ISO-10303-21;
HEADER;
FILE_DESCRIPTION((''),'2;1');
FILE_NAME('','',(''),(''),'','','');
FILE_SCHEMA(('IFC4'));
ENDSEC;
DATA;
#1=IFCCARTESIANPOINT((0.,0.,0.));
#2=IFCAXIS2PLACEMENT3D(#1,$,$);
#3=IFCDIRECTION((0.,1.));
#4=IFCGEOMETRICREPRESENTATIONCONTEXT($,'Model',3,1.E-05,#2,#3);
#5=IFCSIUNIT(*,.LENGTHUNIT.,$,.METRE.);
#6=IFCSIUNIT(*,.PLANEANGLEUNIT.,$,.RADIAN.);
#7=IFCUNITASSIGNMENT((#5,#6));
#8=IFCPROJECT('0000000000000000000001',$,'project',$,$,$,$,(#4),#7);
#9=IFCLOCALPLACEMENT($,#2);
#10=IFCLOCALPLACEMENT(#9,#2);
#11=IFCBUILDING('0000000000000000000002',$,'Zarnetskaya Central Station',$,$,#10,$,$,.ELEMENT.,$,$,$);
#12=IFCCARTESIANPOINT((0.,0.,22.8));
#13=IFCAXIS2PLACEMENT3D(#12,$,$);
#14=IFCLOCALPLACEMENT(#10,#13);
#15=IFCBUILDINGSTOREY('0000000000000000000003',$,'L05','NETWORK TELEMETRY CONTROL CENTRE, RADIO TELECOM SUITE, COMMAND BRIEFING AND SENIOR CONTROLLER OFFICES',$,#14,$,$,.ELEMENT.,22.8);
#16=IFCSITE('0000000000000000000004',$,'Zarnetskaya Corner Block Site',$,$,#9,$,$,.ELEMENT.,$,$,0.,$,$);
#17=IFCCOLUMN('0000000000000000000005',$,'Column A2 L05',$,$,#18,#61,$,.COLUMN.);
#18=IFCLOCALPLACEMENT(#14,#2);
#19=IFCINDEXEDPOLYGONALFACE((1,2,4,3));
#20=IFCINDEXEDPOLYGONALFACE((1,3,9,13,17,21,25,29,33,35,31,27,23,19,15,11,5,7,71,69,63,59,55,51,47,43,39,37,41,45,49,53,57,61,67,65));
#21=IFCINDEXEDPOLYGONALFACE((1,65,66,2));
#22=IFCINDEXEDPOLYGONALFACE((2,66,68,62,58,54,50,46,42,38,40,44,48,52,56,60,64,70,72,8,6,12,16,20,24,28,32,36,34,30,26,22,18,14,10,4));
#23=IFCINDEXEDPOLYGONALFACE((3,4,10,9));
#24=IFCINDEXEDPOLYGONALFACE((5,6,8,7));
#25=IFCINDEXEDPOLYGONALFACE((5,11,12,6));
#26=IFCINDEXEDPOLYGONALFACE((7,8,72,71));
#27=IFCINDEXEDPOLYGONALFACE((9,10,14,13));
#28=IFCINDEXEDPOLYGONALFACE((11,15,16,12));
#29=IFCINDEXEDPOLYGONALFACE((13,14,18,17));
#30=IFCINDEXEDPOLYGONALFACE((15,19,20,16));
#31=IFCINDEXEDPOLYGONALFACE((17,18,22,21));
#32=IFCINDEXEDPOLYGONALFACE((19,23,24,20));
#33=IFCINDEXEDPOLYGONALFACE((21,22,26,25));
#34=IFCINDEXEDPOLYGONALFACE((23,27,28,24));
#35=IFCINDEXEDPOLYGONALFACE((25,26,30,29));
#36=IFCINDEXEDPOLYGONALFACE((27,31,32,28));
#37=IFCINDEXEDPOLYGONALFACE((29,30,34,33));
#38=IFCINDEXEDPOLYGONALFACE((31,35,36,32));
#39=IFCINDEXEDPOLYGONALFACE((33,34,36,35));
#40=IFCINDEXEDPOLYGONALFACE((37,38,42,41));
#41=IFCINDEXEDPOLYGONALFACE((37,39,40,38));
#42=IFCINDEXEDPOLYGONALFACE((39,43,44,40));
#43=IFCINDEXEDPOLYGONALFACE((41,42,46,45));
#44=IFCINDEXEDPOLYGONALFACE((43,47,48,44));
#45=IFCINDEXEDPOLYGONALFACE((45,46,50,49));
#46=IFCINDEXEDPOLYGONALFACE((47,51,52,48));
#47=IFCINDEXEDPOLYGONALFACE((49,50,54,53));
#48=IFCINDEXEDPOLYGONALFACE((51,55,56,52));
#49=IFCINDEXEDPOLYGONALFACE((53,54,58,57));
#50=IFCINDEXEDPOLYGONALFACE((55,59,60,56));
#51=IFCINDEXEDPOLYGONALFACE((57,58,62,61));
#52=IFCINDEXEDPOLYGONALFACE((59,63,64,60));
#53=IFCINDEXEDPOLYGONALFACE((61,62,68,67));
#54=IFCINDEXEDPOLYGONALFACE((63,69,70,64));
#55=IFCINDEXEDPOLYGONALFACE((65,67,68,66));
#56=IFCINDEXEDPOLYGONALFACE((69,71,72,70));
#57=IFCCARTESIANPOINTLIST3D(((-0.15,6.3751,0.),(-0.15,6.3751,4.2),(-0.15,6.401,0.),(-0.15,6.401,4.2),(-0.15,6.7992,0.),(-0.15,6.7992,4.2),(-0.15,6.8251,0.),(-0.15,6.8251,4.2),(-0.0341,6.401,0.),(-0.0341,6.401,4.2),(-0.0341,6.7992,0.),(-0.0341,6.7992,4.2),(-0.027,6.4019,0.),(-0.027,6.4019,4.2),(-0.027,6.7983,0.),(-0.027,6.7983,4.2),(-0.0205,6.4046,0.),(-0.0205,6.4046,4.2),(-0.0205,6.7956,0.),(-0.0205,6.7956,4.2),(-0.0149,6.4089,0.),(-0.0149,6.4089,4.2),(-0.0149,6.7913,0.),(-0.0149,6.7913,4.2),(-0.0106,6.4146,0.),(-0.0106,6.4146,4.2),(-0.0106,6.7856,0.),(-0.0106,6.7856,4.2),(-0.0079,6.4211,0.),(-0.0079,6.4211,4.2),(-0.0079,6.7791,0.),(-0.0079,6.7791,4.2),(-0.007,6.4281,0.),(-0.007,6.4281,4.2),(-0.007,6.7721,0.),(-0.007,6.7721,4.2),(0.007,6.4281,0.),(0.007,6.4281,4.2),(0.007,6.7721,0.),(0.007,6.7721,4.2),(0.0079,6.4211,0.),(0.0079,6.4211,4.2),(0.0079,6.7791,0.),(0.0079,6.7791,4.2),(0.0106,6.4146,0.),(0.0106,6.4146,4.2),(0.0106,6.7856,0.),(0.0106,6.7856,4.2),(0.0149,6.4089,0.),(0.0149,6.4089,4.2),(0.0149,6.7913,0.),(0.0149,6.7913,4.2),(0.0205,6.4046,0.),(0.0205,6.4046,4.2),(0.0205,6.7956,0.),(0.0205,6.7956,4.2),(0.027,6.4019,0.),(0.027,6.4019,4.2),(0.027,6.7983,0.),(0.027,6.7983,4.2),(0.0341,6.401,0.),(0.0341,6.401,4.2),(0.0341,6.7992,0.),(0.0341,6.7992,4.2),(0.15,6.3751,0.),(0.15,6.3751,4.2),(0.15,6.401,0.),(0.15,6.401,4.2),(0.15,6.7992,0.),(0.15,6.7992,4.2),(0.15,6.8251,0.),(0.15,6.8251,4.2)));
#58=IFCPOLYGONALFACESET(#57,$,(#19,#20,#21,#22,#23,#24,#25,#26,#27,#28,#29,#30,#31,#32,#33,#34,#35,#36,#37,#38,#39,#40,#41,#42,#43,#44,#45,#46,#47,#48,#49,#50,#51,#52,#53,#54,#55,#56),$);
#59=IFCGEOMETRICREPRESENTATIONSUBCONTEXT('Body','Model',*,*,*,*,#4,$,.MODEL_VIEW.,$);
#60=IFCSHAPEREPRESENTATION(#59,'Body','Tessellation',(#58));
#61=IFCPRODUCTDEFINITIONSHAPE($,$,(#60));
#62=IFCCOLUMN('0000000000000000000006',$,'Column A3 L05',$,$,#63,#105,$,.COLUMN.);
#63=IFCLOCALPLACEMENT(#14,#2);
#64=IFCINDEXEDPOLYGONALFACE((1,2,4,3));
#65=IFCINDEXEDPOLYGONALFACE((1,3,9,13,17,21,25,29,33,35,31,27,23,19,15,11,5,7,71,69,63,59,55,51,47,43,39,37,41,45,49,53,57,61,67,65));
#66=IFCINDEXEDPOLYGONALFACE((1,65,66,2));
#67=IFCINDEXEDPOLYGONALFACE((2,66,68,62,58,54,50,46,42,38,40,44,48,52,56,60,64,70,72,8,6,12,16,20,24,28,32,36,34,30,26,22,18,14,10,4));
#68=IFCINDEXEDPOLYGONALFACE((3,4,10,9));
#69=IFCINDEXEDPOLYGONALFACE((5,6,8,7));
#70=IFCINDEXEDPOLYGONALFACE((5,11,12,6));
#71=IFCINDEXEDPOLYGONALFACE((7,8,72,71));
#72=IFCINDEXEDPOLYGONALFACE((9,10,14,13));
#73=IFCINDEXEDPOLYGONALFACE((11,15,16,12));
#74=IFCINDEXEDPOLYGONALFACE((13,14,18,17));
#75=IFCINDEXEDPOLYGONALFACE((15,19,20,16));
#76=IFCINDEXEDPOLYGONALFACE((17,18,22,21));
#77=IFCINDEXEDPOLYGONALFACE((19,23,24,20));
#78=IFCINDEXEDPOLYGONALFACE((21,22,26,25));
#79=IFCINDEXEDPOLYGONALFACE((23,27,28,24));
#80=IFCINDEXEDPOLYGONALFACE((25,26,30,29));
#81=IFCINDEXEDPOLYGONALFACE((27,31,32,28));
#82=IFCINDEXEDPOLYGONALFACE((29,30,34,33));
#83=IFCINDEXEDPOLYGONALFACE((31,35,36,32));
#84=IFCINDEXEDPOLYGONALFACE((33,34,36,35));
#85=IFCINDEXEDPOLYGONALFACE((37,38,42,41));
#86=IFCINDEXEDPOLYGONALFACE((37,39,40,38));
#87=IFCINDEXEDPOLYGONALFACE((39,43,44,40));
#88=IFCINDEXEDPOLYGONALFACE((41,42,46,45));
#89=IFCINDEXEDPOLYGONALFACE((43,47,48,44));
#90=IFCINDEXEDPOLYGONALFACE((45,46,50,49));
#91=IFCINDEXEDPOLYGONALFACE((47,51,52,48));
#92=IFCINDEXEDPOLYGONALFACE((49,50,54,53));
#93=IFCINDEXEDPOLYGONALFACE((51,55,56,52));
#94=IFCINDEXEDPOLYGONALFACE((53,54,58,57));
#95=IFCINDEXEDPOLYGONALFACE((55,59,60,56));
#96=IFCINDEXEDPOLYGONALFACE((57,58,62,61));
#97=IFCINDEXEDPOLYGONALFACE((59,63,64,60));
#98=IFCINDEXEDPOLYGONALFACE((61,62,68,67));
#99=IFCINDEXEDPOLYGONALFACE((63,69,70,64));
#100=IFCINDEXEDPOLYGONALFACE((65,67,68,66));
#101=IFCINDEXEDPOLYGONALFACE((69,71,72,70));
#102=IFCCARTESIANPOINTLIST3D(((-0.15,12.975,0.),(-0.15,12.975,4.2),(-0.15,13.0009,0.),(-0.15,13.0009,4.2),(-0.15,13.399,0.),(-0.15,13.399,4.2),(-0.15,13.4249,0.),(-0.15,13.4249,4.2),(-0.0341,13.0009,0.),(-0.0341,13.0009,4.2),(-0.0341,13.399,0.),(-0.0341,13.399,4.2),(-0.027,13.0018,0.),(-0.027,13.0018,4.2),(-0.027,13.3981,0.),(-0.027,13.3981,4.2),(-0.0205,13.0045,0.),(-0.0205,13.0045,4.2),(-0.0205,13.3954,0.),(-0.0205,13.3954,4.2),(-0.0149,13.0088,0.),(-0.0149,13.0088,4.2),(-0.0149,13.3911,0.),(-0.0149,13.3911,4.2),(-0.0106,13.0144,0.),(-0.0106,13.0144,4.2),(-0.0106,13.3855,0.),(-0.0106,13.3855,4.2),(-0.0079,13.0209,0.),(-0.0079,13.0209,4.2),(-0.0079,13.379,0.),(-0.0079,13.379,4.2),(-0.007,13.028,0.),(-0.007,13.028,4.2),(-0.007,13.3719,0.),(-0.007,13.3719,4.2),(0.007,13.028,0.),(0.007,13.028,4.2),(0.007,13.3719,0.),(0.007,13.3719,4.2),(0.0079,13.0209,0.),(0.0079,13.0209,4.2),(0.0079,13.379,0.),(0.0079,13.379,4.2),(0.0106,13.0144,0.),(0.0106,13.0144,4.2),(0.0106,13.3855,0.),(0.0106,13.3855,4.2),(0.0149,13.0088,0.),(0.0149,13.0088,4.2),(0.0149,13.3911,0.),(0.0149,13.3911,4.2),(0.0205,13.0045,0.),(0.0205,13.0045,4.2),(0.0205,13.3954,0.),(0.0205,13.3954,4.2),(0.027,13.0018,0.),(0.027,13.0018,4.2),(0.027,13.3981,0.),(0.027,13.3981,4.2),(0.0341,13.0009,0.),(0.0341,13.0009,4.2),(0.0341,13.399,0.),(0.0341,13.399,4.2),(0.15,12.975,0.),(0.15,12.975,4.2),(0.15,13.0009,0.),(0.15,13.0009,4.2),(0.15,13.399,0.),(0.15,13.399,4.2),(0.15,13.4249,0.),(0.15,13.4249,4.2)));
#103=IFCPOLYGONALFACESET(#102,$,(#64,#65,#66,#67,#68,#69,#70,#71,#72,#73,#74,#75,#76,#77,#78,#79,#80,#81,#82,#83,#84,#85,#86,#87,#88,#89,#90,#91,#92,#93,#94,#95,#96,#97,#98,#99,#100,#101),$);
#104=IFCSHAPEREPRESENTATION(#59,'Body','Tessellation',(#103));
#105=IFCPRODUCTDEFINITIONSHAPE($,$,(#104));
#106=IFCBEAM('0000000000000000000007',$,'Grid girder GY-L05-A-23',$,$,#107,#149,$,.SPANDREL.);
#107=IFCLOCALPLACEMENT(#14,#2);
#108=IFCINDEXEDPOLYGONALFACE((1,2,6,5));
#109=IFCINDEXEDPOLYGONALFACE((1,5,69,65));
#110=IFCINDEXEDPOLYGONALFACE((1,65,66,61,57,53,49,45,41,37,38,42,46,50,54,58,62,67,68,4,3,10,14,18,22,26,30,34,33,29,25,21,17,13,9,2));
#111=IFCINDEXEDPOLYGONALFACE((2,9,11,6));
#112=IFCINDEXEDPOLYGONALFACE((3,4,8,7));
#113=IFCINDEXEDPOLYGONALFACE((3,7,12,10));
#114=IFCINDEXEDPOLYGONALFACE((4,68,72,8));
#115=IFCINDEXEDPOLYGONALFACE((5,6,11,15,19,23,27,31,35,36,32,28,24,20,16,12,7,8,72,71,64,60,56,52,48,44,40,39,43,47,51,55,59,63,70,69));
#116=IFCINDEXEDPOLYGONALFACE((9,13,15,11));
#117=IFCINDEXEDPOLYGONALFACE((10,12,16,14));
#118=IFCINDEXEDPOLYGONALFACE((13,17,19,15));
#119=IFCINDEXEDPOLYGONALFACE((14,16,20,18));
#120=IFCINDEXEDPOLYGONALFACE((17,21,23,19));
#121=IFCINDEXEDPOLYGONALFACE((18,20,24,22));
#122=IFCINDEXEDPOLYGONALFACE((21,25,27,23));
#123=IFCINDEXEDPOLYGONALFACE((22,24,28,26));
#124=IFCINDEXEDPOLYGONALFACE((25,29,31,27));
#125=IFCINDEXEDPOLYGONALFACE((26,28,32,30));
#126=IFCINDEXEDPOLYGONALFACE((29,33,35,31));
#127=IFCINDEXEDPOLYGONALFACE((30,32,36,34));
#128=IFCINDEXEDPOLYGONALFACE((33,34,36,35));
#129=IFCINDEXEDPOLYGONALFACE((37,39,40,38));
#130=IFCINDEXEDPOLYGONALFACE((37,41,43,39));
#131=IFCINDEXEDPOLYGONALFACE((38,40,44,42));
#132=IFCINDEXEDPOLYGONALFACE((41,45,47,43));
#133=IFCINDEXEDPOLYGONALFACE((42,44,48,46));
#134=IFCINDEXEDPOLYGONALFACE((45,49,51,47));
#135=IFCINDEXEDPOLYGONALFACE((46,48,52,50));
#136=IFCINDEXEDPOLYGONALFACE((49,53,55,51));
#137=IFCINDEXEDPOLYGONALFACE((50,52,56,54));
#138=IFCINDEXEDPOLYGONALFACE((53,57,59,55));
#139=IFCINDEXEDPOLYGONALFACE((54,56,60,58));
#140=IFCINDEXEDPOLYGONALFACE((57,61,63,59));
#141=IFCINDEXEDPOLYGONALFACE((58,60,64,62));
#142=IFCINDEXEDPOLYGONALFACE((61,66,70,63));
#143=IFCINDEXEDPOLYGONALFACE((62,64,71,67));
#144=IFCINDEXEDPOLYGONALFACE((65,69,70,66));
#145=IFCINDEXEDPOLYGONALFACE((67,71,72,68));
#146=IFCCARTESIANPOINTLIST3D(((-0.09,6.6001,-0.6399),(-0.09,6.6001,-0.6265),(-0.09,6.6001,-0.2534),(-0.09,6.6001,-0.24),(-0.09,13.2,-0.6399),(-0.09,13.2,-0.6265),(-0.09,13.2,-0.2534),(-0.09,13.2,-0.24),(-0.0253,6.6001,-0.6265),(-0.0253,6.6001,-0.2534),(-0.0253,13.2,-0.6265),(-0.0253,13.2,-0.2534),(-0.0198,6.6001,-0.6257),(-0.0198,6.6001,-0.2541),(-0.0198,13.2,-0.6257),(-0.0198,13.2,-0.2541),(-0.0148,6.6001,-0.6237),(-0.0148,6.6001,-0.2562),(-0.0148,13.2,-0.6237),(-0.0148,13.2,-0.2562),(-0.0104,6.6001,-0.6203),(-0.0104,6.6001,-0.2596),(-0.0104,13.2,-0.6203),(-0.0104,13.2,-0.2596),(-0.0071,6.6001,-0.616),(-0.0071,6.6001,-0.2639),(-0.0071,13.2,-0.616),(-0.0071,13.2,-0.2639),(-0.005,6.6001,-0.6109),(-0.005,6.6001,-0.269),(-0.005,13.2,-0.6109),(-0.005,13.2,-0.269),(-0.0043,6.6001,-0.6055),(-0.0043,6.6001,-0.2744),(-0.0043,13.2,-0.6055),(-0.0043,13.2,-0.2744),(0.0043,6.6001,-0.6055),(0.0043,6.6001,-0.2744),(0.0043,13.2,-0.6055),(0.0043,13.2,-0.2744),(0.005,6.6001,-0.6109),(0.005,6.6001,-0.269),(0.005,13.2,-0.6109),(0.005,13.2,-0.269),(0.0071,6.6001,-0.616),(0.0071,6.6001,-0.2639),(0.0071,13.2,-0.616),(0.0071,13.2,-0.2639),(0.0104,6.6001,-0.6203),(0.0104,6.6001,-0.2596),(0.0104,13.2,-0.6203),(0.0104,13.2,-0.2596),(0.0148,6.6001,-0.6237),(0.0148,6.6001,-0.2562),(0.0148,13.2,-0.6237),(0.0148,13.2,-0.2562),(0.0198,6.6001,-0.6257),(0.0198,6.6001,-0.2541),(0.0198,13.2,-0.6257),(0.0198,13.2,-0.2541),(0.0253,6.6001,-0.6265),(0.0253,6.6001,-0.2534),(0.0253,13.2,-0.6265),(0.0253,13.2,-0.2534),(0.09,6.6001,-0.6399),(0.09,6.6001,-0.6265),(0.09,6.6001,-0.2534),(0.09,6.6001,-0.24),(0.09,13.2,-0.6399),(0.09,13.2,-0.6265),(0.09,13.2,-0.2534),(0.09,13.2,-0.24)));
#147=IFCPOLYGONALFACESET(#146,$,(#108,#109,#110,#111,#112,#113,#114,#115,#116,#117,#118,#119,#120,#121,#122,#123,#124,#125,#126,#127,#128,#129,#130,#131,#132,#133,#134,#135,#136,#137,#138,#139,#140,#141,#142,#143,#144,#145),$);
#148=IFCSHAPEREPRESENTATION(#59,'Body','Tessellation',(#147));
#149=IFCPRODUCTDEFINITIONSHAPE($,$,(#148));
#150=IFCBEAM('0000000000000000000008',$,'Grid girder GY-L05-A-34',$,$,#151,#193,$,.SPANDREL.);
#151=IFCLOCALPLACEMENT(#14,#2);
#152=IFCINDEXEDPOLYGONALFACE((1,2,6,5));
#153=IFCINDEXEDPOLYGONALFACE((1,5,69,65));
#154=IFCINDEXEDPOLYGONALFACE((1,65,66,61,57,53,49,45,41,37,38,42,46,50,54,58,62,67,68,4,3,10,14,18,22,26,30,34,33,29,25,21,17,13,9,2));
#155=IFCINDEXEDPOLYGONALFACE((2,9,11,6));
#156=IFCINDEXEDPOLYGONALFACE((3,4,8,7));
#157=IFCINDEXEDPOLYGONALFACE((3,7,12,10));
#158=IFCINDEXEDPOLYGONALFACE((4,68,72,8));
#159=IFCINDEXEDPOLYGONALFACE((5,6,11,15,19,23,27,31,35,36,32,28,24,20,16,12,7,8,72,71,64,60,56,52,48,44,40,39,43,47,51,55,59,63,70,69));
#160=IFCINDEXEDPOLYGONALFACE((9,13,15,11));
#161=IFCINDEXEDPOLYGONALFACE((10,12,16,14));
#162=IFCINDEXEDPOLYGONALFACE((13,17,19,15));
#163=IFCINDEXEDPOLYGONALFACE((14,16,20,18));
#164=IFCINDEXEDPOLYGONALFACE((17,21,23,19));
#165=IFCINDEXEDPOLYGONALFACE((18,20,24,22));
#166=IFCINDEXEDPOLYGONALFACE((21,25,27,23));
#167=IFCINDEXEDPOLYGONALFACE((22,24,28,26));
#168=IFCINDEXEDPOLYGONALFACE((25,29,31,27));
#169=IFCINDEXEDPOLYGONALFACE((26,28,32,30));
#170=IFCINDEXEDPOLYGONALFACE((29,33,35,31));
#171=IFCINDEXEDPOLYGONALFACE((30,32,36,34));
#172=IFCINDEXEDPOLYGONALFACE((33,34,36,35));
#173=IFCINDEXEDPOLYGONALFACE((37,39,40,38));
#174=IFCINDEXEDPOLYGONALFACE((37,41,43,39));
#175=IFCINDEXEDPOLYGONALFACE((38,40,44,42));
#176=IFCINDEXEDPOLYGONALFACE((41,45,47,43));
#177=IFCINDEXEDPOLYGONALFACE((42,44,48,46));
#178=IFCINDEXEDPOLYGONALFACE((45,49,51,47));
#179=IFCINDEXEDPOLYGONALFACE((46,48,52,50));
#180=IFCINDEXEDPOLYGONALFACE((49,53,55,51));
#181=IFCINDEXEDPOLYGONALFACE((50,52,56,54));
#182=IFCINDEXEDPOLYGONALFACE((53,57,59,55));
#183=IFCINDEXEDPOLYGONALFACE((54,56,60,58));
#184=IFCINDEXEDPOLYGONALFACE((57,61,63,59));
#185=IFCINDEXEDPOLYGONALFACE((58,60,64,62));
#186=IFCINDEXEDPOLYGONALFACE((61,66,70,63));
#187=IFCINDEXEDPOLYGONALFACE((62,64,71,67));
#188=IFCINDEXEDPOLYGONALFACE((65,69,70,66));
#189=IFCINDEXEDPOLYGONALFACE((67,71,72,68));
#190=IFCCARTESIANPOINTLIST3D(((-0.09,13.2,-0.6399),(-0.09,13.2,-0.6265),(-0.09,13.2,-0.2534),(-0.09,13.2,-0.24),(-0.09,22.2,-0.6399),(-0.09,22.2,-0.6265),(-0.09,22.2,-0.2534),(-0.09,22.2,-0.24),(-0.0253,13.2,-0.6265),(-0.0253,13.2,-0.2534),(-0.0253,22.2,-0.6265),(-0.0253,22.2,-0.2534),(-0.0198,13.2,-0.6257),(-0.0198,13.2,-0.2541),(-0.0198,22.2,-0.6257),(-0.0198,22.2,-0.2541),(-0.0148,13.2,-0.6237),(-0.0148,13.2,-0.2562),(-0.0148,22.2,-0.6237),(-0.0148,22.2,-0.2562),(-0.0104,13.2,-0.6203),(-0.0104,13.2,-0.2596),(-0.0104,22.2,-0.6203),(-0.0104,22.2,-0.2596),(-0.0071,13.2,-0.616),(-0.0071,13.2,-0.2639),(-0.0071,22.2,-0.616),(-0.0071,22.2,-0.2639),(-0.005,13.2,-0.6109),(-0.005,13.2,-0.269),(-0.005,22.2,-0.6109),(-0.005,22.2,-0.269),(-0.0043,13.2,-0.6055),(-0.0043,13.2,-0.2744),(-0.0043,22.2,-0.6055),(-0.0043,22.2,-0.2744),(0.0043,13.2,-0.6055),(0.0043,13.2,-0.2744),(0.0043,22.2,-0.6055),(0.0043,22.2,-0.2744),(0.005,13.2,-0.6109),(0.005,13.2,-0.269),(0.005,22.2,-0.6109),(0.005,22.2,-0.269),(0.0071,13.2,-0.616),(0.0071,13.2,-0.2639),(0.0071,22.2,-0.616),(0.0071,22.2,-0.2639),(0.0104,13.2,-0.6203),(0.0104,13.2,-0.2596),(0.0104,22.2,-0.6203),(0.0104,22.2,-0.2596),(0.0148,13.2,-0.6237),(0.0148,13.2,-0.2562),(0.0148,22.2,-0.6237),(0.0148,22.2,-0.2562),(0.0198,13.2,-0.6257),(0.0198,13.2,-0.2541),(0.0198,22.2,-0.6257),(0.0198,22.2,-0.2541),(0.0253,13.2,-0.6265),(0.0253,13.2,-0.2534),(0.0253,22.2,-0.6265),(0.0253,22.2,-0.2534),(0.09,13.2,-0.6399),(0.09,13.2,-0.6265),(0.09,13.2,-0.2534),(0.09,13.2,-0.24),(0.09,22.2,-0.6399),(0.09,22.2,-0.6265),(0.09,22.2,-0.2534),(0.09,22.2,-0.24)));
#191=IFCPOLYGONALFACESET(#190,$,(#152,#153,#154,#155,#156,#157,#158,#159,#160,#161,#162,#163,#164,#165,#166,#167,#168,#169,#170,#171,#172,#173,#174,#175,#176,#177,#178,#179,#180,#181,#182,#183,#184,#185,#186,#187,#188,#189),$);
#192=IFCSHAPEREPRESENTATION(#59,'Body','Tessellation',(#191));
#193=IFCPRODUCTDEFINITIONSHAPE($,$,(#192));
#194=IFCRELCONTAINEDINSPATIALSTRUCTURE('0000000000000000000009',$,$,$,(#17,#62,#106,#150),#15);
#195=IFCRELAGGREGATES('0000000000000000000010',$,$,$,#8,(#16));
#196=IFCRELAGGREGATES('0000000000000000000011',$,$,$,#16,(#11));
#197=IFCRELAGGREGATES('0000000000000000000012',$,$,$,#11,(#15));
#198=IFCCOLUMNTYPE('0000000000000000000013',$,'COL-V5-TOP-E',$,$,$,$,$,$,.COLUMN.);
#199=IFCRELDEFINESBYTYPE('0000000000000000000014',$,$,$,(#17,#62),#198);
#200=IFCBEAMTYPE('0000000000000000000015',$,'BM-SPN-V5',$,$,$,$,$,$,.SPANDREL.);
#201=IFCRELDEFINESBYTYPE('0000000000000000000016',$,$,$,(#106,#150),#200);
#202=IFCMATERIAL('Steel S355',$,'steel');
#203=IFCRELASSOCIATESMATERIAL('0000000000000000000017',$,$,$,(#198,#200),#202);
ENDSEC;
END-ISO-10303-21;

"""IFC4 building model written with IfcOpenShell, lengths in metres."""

from ifc_helpers import new_model, si_unit, direction, frame, origin, origin_2d, place, context, subcontext, project, spatial, i_section, extrude, material, material_profile, profile_set, type_object, element, save


model = new_model("IFC4")

# Units and contexts
model_context = context("Model", 3, precision=1e-05, world=origin(), true_north=direction((0.0, 1.0)))
body_context = subcontext(model_context, "Body", "Model", "MODEL_VIEW")
ifc_project = project(units=[si_unit("LENGTHUNIT", "METRE"), si_unit("PLANEANGLEUNIT", "RADIAN")], contexts=[model_context])

# Site, building, storey
site_placement = place(None, origin())
site = spatial("IfcSite", under=ifc_project, at=site_placement, Name="Zarnetskaya Corner Block Site", CompositionType="ELEMENT", RefElevation=0.0)
building_placement = place(site_placement, origin())
building = spatial("IfcBuilding", under=site, at=building_placement, Name="Zarnetskaya Central Station", CompositionType="ELEMENT")
storey_placement = place(building_placement, frame((0.0, 0.0, 22.8)))
storey = spatial("IfcBuildingStorey", under=building, at=storey_placement, Name="L05", Description="NETWORK TELEMETRY CONTROL CENTRE, RADIO TELECOM SUITE, COMMAND BRIEFING AND SENIOR CONTROLLER OFFICES", CompositionType="ELEMENT", Elevation=22.8)

# Columns
ifc_material_1 = material(Name="Steel S355", Category="steel")
ifc_material_profile_1 = material_profile(ifc_material_1, i_section(OverallWidth=0.3, OverallDepth=0.45, WebThickness=0.0139, FlangeThickness=0.0259, FilletRadius=0.0271, at=origin_2d()), Name="HEB 450")
ifc_profile_set_1 = profile_set([ifc_material_profile_1], Name="Steel S355")
column_type = type_object("IfcColumnType", Name="COL-V5-TOP-E", PredefinedType="COLUMN", material=ifc_profile_set_1)
for number, where, z_axis, x_axis, name in (
    (1, (0.0, 6.6001, 0.0), (0.0, 0.0, 1.0), (1.0, 0.0, 0.0), "Column A2 L05"),
    (2, (0.0, 13.2, 0.0), (0.0, 0.0, 1.0), (1.0, 0.0, 0.0), "Column A3 L05"),
):
    element("IfcColumn", number, at=place(storey_placement, frame(where, z_axis=z_axis, x_axis=x_axis)), inside=storey, type_object=column_type, Name=name, PredefinedType="COLUMN", context=body_context, shape_type="SweptSolid", body=[
        extrude(i_section(OverallWidth=0.3, OverallDepth=0.45, WebThickness=0.0139, FlangeThickness=0.0259, FilletRadius=0.0271, at=origin_2d()), origin(), (0.0, 0.0, 1.0), 4.2),
    ])

# Beams
ifc_material_profile_2 = material_profile(ifc_material_1, i_section(OverallWidth=0.1799, OverallDepth=0.3999, WebThickness=0.0085, FlangeThickness=0.0134, FilletRadius=0.021, at=origin_2d()), Name="IPE 400")
ifc_profile_set_2 = profile_set([ifc_material_profile_2], Name="Steel S355")
beam_type_1 = type_object("IfcBeamType", Name="BM-SPN-V5", PredefinedType="SPANDREL", material=ifc_profile_set_2)
beam_1_placement = place(storey_placement, frame((0.0, 6.6001, -0.4399), z_axis=(0.0, 1.0, 0.0), x_axis=(-1.0, 0.0, 0.0)))
element("IfcBeam", 3, at=beam_1_placement, inside=storey, type_object=beam_type_1, Name="Grid girder GY-L05-A-23", PredefinedType="SPANDREL", context=body_context, shape_type="SweptSolid", body=[
    extrude(i_section(OverallWidth=0.1799, OverallDepth=0.3999, WebThickness=0.0085, FlangeThickness=0.0134, FilletRadius=0.021, at=origin_2d()), origin(), (0.0, 0.0, 1.0), 6.5999),
])
beam_2_placement = place(storey_placement, frame((0.0, 13.2, -0.4399), z_axis=(0.0, 1.0, 0.0), x_axis=(-1.0, 0.0, 0.0)))
element("IfcBeam", 4, at=beam_2_placement, inside=storey, type_object=beam_type_1, Name="Grid girder GY-L05-A-34", PredefinedType="SPANDREL", context=body_context, shape_type="SweptSolid", body=[
    extrude(i_section(OverallWidth=0.1799, OverallDepth=0.3999, WebThickness=0.0085, FlangeThickness=0.0134, FilletRadius=0.021, at=origin_2d()), origin(), (0.0, 0.0, 1.0), 9.0),
])

save(model, "model.ifc")
